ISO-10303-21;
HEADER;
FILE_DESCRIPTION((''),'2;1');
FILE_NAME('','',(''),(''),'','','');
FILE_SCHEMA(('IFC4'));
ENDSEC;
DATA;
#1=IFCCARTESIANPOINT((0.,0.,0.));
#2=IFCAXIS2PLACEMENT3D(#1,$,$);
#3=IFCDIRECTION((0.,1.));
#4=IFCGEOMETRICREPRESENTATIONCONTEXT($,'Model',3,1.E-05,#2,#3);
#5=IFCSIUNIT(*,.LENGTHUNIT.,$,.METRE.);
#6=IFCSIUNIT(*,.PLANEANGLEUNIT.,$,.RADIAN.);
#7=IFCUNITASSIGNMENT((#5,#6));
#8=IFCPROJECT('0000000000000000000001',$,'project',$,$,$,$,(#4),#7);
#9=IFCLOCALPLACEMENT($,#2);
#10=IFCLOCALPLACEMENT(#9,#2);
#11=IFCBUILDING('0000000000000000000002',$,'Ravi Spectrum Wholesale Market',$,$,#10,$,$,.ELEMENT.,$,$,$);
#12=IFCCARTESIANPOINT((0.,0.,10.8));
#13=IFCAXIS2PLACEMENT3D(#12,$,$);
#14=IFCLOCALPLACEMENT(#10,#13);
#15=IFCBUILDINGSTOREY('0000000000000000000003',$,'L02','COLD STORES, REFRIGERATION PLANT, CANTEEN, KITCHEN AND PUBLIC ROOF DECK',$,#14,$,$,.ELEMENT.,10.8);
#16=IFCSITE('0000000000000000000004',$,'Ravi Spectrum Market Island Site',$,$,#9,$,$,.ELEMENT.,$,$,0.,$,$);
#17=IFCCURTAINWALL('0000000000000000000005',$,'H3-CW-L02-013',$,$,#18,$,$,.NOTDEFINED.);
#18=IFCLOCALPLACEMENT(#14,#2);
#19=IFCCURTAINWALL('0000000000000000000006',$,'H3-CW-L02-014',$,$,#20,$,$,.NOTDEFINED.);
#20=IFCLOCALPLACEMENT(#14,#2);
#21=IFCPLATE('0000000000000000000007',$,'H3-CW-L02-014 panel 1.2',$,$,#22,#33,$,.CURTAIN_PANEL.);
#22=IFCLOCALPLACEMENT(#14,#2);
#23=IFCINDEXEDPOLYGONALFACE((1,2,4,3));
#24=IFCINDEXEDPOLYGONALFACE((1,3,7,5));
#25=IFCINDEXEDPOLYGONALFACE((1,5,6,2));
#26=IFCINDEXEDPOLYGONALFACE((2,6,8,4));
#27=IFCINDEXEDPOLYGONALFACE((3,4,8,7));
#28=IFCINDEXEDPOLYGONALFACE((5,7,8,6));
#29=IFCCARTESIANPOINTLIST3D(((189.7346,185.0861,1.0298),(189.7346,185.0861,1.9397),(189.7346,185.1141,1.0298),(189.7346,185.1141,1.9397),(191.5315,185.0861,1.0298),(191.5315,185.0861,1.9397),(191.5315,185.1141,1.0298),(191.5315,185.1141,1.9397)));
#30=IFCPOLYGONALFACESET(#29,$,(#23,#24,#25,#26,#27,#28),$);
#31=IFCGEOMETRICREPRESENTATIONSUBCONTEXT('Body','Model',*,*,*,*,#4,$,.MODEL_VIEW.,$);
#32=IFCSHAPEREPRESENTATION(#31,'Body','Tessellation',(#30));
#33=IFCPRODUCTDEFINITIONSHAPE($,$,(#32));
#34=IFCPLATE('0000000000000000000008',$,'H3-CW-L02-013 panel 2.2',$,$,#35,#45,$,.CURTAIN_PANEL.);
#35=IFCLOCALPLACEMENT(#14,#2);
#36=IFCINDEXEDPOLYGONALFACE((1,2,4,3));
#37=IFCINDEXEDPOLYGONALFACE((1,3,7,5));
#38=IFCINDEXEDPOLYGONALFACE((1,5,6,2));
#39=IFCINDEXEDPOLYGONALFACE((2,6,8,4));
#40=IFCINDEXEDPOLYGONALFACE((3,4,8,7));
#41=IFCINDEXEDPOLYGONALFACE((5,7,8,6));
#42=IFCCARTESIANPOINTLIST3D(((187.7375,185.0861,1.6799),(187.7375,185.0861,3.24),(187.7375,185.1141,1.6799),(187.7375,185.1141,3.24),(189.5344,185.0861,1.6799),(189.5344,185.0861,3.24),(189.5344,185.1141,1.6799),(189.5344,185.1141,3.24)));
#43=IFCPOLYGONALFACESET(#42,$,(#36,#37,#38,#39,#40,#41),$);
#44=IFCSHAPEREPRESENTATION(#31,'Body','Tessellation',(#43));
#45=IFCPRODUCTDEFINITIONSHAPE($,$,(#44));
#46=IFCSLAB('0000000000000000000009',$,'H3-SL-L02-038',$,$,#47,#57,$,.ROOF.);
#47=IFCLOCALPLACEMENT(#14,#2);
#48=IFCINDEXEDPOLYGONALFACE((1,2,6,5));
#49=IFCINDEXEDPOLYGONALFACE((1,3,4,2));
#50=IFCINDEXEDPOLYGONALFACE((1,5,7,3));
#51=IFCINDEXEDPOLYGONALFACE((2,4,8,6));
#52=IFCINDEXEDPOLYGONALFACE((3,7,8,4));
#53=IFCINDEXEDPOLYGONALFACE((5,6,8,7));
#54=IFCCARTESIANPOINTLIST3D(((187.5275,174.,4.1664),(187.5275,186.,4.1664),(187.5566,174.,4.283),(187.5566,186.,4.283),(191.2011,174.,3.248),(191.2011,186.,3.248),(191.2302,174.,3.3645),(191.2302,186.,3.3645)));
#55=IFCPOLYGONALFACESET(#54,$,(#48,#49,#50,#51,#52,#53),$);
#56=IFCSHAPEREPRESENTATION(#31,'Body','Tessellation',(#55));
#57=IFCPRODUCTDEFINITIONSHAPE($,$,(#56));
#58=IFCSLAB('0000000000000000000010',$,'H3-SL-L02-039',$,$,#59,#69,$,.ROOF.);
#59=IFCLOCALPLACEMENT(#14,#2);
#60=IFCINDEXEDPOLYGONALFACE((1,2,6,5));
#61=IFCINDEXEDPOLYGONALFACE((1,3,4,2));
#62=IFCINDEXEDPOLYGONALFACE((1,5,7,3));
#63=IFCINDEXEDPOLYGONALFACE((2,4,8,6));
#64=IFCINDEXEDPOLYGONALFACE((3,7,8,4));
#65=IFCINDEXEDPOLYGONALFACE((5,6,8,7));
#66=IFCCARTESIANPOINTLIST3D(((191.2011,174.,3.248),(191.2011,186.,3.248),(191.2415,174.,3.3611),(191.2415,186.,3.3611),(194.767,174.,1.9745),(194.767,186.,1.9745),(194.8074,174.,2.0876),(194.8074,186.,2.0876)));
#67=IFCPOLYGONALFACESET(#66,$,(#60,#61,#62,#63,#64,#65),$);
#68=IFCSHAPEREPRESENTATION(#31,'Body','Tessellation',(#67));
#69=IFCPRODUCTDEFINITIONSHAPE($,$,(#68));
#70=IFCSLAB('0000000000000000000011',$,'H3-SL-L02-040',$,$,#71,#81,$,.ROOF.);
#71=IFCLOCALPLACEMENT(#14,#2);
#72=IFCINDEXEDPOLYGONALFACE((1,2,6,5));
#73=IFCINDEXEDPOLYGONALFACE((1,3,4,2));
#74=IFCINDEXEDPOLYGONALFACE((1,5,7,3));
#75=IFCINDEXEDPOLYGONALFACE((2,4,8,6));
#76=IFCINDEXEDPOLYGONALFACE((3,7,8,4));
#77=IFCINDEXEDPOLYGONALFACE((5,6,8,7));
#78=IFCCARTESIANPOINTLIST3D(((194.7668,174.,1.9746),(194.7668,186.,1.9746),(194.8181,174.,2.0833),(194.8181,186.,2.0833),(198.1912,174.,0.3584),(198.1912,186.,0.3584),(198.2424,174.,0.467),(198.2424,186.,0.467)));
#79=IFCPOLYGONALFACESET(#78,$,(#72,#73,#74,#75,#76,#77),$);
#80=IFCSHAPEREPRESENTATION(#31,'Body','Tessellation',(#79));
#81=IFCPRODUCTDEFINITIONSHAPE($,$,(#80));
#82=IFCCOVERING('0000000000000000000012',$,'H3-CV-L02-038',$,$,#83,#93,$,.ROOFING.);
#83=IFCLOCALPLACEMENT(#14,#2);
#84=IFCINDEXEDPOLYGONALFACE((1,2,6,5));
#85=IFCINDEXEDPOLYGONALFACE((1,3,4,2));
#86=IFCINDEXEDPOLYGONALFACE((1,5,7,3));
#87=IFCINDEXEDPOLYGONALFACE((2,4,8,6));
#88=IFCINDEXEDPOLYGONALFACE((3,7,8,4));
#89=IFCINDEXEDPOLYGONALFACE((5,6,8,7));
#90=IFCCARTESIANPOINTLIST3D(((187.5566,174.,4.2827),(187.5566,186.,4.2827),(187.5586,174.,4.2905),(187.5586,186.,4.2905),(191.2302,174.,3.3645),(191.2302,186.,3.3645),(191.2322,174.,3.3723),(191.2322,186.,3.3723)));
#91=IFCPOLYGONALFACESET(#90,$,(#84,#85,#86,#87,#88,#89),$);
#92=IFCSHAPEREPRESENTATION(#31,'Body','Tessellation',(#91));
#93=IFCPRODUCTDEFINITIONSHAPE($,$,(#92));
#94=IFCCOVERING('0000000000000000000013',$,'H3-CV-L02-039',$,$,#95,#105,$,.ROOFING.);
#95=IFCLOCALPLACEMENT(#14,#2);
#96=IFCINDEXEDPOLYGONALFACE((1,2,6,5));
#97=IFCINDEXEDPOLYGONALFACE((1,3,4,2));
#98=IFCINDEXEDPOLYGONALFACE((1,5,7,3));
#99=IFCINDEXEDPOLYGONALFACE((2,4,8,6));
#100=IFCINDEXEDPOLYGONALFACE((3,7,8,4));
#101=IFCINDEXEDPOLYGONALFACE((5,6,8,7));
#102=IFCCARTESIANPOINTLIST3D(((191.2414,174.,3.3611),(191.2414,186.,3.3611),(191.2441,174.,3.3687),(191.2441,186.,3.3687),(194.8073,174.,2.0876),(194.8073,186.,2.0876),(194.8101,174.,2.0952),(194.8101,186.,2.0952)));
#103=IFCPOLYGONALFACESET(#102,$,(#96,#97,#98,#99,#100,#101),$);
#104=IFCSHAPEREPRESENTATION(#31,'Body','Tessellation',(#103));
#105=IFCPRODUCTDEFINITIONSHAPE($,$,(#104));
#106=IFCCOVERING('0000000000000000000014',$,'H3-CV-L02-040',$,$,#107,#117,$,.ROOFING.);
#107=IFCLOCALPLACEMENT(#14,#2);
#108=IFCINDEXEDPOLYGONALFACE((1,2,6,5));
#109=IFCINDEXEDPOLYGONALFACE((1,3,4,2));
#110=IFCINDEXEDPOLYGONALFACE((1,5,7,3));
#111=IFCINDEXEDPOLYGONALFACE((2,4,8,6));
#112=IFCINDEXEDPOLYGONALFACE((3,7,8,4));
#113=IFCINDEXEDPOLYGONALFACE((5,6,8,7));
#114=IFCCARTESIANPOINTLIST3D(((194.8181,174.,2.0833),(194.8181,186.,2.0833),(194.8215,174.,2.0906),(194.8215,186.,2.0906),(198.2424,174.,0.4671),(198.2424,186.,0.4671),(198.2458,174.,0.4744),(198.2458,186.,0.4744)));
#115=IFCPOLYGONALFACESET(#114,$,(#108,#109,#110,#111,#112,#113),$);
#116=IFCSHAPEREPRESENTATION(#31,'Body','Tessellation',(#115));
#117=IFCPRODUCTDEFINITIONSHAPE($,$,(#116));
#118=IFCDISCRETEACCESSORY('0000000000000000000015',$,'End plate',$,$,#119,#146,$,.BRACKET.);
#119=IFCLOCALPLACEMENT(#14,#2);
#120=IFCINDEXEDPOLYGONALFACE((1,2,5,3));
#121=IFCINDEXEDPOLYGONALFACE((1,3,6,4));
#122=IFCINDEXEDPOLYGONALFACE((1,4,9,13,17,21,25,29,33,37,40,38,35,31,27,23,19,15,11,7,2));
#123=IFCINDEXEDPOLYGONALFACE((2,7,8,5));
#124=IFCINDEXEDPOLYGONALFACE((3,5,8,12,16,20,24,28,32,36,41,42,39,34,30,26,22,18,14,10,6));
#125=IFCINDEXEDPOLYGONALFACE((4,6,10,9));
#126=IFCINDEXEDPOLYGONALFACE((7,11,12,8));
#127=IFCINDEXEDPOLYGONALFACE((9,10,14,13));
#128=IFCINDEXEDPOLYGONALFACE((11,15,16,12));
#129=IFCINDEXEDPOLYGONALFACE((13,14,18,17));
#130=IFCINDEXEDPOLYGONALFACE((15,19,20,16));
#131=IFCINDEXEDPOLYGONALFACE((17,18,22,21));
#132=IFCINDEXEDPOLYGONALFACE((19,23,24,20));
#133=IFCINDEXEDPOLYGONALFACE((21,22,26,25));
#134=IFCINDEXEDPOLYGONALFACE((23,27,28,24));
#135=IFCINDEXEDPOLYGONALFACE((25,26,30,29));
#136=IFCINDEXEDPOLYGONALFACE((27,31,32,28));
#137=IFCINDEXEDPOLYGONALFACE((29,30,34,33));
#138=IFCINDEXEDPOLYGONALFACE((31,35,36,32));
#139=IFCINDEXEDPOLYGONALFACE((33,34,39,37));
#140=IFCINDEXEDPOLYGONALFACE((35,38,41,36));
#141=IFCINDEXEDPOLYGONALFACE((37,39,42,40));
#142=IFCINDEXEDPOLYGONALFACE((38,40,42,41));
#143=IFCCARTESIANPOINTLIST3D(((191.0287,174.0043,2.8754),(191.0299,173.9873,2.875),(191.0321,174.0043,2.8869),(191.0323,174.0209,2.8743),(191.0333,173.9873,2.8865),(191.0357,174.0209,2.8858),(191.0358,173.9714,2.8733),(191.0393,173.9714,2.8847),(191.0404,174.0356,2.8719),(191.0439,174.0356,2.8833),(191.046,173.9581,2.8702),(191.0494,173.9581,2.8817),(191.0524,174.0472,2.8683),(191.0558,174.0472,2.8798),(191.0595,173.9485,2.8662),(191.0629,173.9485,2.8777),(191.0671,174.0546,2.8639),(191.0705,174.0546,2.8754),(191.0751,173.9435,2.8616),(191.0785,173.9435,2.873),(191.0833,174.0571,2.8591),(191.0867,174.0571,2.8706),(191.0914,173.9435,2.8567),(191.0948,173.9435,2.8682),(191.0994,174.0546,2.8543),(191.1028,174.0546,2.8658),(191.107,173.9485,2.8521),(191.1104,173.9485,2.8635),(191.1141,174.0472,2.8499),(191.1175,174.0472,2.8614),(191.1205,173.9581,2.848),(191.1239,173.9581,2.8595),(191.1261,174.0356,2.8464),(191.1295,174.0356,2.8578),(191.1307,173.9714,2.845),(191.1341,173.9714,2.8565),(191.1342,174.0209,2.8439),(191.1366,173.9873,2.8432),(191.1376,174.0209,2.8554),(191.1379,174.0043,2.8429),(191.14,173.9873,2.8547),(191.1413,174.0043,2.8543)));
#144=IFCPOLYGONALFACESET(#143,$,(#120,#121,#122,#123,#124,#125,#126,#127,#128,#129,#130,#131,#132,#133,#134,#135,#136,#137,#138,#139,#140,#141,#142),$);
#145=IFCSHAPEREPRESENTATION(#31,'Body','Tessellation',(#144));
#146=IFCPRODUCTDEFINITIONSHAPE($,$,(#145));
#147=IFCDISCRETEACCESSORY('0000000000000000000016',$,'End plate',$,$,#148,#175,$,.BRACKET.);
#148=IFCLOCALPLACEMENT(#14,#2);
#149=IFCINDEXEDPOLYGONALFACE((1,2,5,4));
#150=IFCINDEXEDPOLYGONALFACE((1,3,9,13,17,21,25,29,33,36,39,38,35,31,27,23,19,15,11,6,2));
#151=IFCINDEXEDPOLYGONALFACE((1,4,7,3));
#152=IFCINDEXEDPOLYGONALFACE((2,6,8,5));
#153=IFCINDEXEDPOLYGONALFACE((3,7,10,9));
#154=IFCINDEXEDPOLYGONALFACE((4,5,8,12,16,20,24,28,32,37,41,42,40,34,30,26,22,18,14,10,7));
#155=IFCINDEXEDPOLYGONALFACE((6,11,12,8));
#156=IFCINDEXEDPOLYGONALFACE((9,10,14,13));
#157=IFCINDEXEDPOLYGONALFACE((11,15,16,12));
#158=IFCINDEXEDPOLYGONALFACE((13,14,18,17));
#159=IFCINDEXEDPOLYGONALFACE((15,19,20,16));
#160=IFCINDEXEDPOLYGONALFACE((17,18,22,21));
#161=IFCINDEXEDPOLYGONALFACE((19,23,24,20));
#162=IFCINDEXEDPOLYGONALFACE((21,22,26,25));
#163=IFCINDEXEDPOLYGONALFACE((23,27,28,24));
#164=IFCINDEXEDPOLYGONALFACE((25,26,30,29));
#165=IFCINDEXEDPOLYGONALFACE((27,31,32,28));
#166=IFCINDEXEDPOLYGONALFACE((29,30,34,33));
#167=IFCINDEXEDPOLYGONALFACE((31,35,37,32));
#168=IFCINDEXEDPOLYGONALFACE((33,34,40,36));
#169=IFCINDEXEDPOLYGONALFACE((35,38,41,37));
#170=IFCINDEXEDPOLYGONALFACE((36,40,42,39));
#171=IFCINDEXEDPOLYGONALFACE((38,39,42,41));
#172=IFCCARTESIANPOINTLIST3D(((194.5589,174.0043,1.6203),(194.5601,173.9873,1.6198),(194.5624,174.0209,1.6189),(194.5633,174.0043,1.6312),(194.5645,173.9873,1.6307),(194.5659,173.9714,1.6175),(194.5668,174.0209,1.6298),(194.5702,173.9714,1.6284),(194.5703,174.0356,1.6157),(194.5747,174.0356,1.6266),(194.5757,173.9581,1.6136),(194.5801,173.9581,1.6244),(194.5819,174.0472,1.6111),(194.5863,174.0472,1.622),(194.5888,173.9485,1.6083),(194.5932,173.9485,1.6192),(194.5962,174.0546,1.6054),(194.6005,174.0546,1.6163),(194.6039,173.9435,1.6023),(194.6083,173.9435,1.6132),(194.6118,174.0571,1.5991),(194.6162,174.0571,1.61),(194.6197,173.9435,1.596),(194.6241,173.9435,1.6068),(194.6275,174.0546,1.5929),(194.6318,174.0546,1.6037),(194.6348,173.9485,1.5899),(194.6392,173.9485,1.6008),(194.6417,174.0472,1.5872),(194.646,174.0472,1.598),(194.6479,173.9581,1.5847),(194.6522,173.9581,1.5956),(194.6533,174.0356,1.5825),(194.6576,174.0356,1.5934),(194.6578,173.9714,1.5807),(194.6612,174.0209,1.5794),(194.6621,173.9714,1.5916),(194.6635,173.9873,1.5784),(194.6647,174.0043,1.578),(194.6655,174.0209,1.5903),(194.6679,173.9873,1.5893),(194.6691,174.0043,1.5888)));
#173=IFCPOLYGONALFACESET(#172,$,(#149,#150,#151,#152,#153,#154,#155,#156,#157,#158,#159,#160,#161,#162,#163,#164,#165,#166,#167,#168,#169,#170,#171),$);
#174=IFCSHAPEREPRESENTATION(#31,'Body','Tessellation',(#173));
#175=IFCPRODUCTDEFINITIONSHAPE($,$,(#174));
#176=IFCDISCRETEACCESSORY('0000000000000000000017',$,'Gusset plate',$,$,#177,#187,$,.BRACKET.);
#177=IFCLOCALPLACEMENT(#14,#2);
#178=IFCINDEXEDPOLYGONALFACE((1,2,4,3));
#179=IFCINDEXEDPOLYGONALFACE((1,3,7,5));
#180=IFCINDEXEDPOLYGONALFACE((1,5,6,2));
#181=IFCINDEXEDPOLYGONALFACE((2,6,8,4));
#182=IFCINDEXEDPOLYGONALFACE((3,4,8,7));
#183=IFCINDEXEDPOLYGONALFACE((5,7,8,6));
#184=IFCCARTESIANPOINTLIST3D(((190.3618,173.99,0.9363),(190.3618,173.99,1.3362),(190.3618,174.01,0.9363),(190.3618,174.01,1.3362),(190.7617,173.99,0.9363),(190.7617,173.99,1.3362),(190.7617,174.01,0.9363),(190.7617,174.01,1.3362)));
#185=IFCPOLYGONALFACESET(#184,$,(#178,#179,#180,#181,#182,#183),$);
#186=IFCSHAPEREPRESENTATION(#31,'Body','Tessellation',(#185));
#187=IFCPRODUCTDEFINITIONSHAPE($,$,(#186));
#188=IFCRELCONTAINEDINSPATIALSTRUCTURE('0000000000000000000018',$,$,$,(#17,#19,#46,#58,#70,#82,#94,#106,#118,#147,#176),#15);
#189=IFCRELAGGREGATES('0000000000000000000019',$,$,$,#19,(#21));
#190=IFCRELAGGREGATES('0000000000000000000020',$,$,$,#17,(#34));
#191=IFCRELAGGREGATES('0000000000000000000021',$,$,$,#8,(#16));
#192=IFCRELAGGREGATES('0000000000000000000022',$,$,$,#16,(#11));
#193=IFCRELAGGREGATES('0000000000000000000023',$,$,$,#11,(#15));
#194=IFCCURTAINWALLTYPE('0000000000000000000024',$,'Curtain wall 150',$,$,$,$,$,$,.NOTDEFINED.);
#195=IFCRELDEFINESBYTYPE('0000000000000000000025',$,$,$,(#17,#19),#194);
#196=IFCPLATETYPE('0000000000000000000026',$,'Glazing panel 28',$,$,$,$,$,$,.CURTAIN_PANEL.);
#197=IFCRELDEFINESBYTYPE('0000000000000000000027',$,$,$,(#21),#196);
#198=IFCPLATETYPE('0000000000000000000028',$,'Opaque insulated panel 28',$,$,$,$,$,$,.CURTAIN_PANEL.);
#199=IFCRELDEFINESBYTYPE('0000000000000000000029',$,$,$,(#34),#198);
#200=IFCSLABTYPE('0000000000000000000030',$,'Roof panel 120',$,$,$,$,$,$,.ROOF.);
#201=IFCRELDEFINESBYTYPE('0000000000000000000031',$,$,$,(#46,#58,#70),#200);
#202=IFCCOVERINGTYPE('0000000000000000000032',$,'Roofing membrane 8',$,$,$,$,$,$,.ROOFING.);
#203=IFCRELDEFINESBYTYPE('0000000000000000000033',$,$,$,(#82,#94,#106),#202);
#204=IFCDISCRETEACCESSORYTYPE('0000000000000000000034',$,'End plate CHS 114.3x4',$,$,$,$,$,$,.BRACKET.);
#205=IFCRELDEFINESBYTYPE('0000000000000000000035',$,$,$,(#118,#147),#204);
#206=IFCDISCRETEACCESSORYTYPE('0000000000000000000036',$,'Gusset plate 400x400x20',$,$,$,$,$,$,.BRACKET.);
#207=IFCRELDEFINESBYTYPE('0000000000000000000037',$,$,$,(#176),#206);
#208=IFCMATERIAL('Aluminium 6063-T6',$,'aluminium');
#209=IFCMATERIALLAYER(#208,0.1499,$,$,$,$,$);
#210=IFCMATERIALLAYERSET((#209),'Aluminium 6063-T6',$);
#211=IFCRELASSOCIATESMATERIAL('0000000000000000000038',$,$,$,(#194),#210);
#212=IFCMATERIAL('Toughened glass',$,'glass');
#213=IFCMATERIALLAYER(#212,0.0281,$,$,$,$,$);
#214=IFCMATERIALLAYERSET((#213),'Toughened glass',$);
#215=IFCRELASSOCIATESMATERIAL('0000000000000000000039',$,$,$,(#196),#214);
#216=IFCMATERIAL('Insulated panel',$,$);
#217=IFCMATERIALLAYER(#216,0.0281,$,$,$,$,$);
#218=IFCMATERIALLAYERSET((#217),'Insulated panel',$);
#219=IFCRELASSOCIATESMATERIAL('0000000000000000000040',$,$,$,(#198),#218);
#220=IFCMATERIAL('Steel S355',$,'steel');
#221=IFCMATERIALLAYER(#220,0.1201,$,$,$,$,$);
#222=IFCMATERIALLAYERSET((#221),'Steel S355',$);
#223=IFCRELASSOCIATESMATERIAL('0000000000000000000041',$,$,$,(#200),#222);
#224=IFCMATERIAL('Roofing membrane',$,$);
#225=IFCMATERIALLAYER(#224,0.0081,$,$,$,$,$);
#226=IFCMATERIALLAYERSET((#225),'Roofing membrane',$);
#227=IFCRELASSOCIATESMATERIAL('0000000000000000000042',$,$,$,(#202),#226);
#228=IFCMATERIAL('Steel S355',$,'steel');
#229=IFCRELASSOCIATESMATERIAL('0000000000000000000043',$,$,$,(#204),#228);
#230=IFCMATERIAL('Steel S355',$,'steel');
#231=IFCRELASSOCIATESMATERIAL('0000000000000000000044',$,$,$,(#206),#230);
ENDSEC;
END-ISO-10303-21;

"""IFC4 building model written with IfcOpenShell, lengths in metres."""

from ifc_helpers import new_model, si_unit, direction, frame, origin, origin_2d, place, context, subcontext, project, spatial, polyline, rectangle, circle, outline, extrude, material, layer, layer_set, material_profile, profile_set, type_object, element, aggregate, save


model = new_model("IFC4")

# Units and contexts
model_context = context("Model", 3, precision=1e-05, world=origin(), true_north=direction((0.0, 1.0)))
body_context = subcontext(model_context, "Body", "Model", "MODEL_VIEW")
ifc_project = project(units=[si_unit("LENGTHUNIT", "METRE"), si_unit("PLANEANGLEUNIT", "RADIAN")], contexts=[model_context])

# Site, building, storey
site_placement = place(None, origin())
site = spatial("IfcSite", under=ifc_project, at=site_placement, Name="Ravi Spectrum Market Island Site", CompositionType="ELEMENT", RefElevation=0.0)
building_placement = place(site_placement, origin())
building = spatial("IfcBuilding", under=site, at=building_placement, Name="Ravi Spectrum Wholesale Market", CompositionType="ELEMENT")
storey_placement = place(building_placement, frame((0.0, 0.0, 10.8)))
storey = spatial("IfcBuildingStorey", under=building, at=storey_placement, Name="L02", Description="COLD STORES, REFRIGERATION PLANT, CANTEEN, KITCHEN AND PUBLIC ROOF DECK", CompositionType="ELEMENT", Elevation=10.8)

# Curtain walls
ifc_material_1 = material(Name="Aluminium 6063-T6", Category="aluminium")
ifc_layer_1 = layer(ifc_material_1, 0.1499)
ifc_layer_set_1 = layer_set([ifc_layer_1], Name="Aluminium 6063-T6")
curtain_wall_type = type_object("IfcCurtainWallType", Name="Curtain wall 150", PredefinedType="NOTDEFINED", material=ifc_layer_set_1)
curtain_wall_1_placement = place(storey_placement, origin())
curtain_wall_1 = element("IfcCurtainWall", 1, at=curtain_wall_1_placement, inside=storey, type_object=curtain_wall_type, Name="H3-CW-L02-013", PredefinedType="NOTDEFINED")
curtain_wall_2_placement = place(storey_placement, origin())
curtain_wall_2 = element("IfcCurtainWall", 2, at=curtain_wall_2_placement, inside=storey, type_object=curtain_wall_type, Name="H3-CW-L02-014", PredefinedType="NOTDEFINED")

# Plates
ifc_material_2 = material(Name="Toughened glass", Category="glass")
ifc_layer_2 = layer(ifc_material_2, 0.0281)
ifc_layer_set_2 = layer_set([ifc_layer_2], Name="Toughened glass")
plate_type_1 = type_object("IfcPlateType", Name="Glazing panel 28", PredefinedType="CURTAIN_PANEL", material=ifc_layer_set_2)
plate_1_placement = place(storey_placement, frame((190.6331, 185.1001, 1.0298), z_axis=(0.0, 0.0, 1.0), x_axis=(1.0, 0.0, 0.0)))
plate_1 = element("IfcPlate", 3, at=plate_1_placement, type_object=plate_type_1, Name="H3-CW-L02-014 panel 1.2", PredefinedType="CURTAIN_PANEL", context=body_context, shape_type="SweptSolid", body=[
    extrude(rectangle(XDim=1.7969, YDim=0.0281, at=origin_2d()), origin(), (0.0, 0.0, 1.0), 0.9099),
])
aggregate(curtain_wall_2, [plate_1])
ifc_material_3 = material(Name="Insulated panel")
ifc_layer_3 = layer(ifc_material_3, 0.0281)
ifc_layer_set_3 = layer_set([ifc_layer_3], Name="Insulated panel")
plate_type_2 = type_object("IfcPlateType", Name="Opaque insulated panel 28", PredefinedType="CURTAIN_PANEL", material=ifc_layer_set_3)
plate_2_placement = place(storey_placement, frame((188.636, 185.1001, 1.6799), z_axis=(0.0, 0.0, 1.0), x_axis=(1.0, 0.0, 0.0)))
plate_2 = element("IfcPlate", 4, at=plate_2_placement, type_object=plate_type_2, Name="H3-CW-L02-013 panel 2.2", PredefinedType="CURTAIN_PANEL", context=body_context, shape_type="SweptSolid", body=[
    extrude(rectangle(XDim=1.7969, YDim=0.0281, at=origin_2d()), origin(), (0.0, 0.0, 1.0), 1.5601),
])
aggregate(curtain_wall_1, [plate_2])

# Slabs
ifc_material_4 = material(Name="Steel S355", Category="steel")
ifc_layer_4 = layer(ifc_material_4, 0.1201)
ifc_layer_set_4 = layer_set([ifc_layer_4], Name="Steel S355")
slab_type = type_object("IfcSlabType", Name="Roof panel 120", PredefinedType="ROOF", material=ifc_layer_set_4)
slab_1_placement = place(storey_placement, frame((187.5566, 174.0, 4.283), z_axis=(0.242551, 0.0, 0.970139), x_axis=(0.970139, 0.0, -0.242551)))
element("IfcSlab", 5, at=slab_1_placement, inside=storey, type_object=slab_type, Name="H3-SL-L02-038", PredefinedType="ROOF", context=body_context, shape_type="SweptSolid", body=[
    extrude(outline(polyline([(0.0, 0.0), (3.7867, 0.0), (3.7867, 12.0), (0.0, 12.0), (0.0, 0.0)])), origin(), (0.0, 0.0, -1.0), 0.1201),
])
slab_2_placement = place(storey_placement, frame((191.2415, 174.0, 3.3611), z_axis=(0.336312, 0.0, 0.941751), x_axis=(0.941751, 0.0, -0.336312)))
element("IfcSlab", 6, at=slab_2_placement, inside=storey, type_object=slab_type, Name="H3-SL-L02-039", PredefinedType="ROOF", context=body_context, shape_type="SweptSolid", body=[
    extrude(outline(polyline([(0.0, 0.0), (3.7865, 0.0), (3.7865, 12.0), (0.0, 12.0), (0.0, 0.0)])), origin(), (0.0, 0.0, -1.0), 0.1201),
])
slab_3_placement = place(storey_placement, frame((194.8181, 174.0, 2.0833), z_axis=(0.426828, 0.0, 0.904333), x_axis=(0.904333, 0.0, -0.426828)))
element("IfcSlab", 7, at=slab_3_placement, inside=storey, type_object=slab_type, Name="H3-SL-L02-040", PredefinedType="ROOF", context=body_context, shape_type="SweptSolid", body=[
    extrude(outline(polyline([(0.0, 0.0), (3.7866, 0.0), (3.7866, 12.0), (0.0, 12.0), (0.0, 0.0)])), origin(), (0.0, 0.0, -1.0), 0.1201),
])

# Coverings
ifc_material_5 = material(Name="Roofing membrane")
ifc_layer_5 = layer(ifc_material_5, 0.0081)
ifc_layer_set_5 = layer_set([ifc_layer_5], Name="Roofing membrane")
covering_type = type_object("IfcCoveringType", Name="Roofing membrane 8", PredefinedType="ROOFING", material=ifc_layer_set_5)
covering_1_placement = place(storey_placement, frame((187.5586, 174.0, 4.2905), z_axis=(0.24249, 0.0, 0.970154), x_axis=(0.970154, 0.0, -0.24249)))
element("IfcCovering", 8, at=covering_1_placement, inside=storey, type_object=covering_type, Name="H3-CV-L02-038", PredefinedType="ROOFING", context=body_context, shape_type="SweptSolid", body=[
    extrude(outline(polyline([(0.0, 0.0), (3.7866, 0.0), (3.7866, 12.0), (0.0, 12.0), (0.0, 0.0)])), origin(), (0.0, 0.0, -1.0), 0.0081),
])
covering_2_placement = place(storey_placement, frame((191.2441, 174.0, 3.3687), z_axis=(0.336312, 0.0, 0.941751), x_axis=(0.941751, 0.0, -0.336312)))
element("IfcCovering", 9, at=covering_2_placement, inside=storey, type_object=covering_type, Name="H3-CV-L02-039", PredefinedType="ROOFING", context=body_context, shape_type="SweptSolid", body=[
    extrude(outline(polyline([(0.0, 0.0), (3.7865, 0.0), (3.7865, 12.0), (0.0, 12.0), (0.0, 0.0)])), origin(), (0.0, 0.0, -1.0), 0.0081),
])
covering_3_placement = place(storey_placement, frame((194.8215, 174.0, 2.0906), z_axis=(0.426828, 0.0, 0.904333), x_axis=(0.904333, 0.0, -0.426828)))
element("IfcCovering", 10, at=covering_3_placement, inside=storey, type_object=covering_type, Name="H3-CV-L02-040", PredefinedType="ROOFING", context=body_context, shape_type="SweptSolid", body=[
    extrude(outline(polyline([(0.0, 0.0), (3.7866, 0.0), (3.7866, 12.0), (0.0, 12.0), (0.0, 0.0)])), origin(), (0.0, 0.0, -1.0), 0.0081),
])

# Discrete accessories
ifc_material_6 = material(Name="Steel S355", Category="steel")
ifc_material_profile_1 = material_profile(ifc_material_6, circle(Radius=0.0571, at=origin_2d()))
ifc_profile_set_1 = profile_set([ifc_material_profile_1], Name="Steel S355")
discrete_accessory_type_1 = type_object("IfcDiscreteAccessoryType", Name="End plate CHS 114.3x4", PredefinedType="BRACKET", material=ifc_profile_set_1)
discrete_accessory_1_placement = place(storey_placement, frame((191.0833, 174.0, 2.8591), z_axis=(0.285477, 0.0, 0.958386), x_axis=(0.0, 1.0, 0.0)))
element("IfcDiscreteAccessory", 11, at=discrete_accessory_1_placement, inside=storey, type_object=discrete_accessory_type_1, Name="End plate", PredefinedType="BRACKET", context=body_context, shape_type="SweptSolid", body=[
    extrude(circle(Radius=0.0571, at=origin_2d()), origin(), (0.0, 0.0, 1.0), 0.012),
])
discrete_accessory_2_placement = place(storey_placement, frame((194.6118, 174.0, 1.5991), z_axis=(0.371391, 0.0, 0.928477), x_axis=(0.0, 1.0, 0.0)))
element("IfcDiscreteAccessory", 12, at=discrete_accessory_2_placement, inside=storey, type_object=discrete_accessory_type_1, Name="End plate", PredefinedType="BRACKET", context=body_context, shape_type="SweptSolid", body=[
    extrude(circle(Radius=0.0571, at=origin_2d()), origin(), (0.0, 0.0, 1.0), 0.0117),
])
ifc_material_7 = material(Name="Steel S355", Category="steel")
ifc_material_profile_2 = material_profile(ifc_material_7, rectangle(XDim=0.3999, YDim=0.02, at=origin_2d()))
ifc_profile_set_2 = profile_set([ifc_material_profile_2], Name="Steel S355")
discrete_accessory_type_2 = type_object("IfcDiscreteAccessoryType", Name="Gusset plate 400x400x20", PredefinedType="BRACKET", material=ifc_profile_set_2)
for number, where, z_axis, x_axis, name in (
    (13, (190.5618, 174.0, 0.9363), (0.0, 0.0, 1.0), (-1.0, 0.0, 0.0), "Gusset plate"),
):
    element("IfcDiscreteAccessory", number, at=place(storey_placement, frame(where, z_axis=z_axis, x_axis=x_axis)), inside=storey, type_object=discrete_accessory_type_2, Name=name, PredefinedType="BRACKET", context=body_context, shape_type="SweptSolid", body=[
        extrude(rectangle(XDim=0.3999, YDim=0.02, at=origin_2d()), origin(), (0.0, 0.0, 1.0), 0.3999),
    ])

save(model, "model.ifc")
